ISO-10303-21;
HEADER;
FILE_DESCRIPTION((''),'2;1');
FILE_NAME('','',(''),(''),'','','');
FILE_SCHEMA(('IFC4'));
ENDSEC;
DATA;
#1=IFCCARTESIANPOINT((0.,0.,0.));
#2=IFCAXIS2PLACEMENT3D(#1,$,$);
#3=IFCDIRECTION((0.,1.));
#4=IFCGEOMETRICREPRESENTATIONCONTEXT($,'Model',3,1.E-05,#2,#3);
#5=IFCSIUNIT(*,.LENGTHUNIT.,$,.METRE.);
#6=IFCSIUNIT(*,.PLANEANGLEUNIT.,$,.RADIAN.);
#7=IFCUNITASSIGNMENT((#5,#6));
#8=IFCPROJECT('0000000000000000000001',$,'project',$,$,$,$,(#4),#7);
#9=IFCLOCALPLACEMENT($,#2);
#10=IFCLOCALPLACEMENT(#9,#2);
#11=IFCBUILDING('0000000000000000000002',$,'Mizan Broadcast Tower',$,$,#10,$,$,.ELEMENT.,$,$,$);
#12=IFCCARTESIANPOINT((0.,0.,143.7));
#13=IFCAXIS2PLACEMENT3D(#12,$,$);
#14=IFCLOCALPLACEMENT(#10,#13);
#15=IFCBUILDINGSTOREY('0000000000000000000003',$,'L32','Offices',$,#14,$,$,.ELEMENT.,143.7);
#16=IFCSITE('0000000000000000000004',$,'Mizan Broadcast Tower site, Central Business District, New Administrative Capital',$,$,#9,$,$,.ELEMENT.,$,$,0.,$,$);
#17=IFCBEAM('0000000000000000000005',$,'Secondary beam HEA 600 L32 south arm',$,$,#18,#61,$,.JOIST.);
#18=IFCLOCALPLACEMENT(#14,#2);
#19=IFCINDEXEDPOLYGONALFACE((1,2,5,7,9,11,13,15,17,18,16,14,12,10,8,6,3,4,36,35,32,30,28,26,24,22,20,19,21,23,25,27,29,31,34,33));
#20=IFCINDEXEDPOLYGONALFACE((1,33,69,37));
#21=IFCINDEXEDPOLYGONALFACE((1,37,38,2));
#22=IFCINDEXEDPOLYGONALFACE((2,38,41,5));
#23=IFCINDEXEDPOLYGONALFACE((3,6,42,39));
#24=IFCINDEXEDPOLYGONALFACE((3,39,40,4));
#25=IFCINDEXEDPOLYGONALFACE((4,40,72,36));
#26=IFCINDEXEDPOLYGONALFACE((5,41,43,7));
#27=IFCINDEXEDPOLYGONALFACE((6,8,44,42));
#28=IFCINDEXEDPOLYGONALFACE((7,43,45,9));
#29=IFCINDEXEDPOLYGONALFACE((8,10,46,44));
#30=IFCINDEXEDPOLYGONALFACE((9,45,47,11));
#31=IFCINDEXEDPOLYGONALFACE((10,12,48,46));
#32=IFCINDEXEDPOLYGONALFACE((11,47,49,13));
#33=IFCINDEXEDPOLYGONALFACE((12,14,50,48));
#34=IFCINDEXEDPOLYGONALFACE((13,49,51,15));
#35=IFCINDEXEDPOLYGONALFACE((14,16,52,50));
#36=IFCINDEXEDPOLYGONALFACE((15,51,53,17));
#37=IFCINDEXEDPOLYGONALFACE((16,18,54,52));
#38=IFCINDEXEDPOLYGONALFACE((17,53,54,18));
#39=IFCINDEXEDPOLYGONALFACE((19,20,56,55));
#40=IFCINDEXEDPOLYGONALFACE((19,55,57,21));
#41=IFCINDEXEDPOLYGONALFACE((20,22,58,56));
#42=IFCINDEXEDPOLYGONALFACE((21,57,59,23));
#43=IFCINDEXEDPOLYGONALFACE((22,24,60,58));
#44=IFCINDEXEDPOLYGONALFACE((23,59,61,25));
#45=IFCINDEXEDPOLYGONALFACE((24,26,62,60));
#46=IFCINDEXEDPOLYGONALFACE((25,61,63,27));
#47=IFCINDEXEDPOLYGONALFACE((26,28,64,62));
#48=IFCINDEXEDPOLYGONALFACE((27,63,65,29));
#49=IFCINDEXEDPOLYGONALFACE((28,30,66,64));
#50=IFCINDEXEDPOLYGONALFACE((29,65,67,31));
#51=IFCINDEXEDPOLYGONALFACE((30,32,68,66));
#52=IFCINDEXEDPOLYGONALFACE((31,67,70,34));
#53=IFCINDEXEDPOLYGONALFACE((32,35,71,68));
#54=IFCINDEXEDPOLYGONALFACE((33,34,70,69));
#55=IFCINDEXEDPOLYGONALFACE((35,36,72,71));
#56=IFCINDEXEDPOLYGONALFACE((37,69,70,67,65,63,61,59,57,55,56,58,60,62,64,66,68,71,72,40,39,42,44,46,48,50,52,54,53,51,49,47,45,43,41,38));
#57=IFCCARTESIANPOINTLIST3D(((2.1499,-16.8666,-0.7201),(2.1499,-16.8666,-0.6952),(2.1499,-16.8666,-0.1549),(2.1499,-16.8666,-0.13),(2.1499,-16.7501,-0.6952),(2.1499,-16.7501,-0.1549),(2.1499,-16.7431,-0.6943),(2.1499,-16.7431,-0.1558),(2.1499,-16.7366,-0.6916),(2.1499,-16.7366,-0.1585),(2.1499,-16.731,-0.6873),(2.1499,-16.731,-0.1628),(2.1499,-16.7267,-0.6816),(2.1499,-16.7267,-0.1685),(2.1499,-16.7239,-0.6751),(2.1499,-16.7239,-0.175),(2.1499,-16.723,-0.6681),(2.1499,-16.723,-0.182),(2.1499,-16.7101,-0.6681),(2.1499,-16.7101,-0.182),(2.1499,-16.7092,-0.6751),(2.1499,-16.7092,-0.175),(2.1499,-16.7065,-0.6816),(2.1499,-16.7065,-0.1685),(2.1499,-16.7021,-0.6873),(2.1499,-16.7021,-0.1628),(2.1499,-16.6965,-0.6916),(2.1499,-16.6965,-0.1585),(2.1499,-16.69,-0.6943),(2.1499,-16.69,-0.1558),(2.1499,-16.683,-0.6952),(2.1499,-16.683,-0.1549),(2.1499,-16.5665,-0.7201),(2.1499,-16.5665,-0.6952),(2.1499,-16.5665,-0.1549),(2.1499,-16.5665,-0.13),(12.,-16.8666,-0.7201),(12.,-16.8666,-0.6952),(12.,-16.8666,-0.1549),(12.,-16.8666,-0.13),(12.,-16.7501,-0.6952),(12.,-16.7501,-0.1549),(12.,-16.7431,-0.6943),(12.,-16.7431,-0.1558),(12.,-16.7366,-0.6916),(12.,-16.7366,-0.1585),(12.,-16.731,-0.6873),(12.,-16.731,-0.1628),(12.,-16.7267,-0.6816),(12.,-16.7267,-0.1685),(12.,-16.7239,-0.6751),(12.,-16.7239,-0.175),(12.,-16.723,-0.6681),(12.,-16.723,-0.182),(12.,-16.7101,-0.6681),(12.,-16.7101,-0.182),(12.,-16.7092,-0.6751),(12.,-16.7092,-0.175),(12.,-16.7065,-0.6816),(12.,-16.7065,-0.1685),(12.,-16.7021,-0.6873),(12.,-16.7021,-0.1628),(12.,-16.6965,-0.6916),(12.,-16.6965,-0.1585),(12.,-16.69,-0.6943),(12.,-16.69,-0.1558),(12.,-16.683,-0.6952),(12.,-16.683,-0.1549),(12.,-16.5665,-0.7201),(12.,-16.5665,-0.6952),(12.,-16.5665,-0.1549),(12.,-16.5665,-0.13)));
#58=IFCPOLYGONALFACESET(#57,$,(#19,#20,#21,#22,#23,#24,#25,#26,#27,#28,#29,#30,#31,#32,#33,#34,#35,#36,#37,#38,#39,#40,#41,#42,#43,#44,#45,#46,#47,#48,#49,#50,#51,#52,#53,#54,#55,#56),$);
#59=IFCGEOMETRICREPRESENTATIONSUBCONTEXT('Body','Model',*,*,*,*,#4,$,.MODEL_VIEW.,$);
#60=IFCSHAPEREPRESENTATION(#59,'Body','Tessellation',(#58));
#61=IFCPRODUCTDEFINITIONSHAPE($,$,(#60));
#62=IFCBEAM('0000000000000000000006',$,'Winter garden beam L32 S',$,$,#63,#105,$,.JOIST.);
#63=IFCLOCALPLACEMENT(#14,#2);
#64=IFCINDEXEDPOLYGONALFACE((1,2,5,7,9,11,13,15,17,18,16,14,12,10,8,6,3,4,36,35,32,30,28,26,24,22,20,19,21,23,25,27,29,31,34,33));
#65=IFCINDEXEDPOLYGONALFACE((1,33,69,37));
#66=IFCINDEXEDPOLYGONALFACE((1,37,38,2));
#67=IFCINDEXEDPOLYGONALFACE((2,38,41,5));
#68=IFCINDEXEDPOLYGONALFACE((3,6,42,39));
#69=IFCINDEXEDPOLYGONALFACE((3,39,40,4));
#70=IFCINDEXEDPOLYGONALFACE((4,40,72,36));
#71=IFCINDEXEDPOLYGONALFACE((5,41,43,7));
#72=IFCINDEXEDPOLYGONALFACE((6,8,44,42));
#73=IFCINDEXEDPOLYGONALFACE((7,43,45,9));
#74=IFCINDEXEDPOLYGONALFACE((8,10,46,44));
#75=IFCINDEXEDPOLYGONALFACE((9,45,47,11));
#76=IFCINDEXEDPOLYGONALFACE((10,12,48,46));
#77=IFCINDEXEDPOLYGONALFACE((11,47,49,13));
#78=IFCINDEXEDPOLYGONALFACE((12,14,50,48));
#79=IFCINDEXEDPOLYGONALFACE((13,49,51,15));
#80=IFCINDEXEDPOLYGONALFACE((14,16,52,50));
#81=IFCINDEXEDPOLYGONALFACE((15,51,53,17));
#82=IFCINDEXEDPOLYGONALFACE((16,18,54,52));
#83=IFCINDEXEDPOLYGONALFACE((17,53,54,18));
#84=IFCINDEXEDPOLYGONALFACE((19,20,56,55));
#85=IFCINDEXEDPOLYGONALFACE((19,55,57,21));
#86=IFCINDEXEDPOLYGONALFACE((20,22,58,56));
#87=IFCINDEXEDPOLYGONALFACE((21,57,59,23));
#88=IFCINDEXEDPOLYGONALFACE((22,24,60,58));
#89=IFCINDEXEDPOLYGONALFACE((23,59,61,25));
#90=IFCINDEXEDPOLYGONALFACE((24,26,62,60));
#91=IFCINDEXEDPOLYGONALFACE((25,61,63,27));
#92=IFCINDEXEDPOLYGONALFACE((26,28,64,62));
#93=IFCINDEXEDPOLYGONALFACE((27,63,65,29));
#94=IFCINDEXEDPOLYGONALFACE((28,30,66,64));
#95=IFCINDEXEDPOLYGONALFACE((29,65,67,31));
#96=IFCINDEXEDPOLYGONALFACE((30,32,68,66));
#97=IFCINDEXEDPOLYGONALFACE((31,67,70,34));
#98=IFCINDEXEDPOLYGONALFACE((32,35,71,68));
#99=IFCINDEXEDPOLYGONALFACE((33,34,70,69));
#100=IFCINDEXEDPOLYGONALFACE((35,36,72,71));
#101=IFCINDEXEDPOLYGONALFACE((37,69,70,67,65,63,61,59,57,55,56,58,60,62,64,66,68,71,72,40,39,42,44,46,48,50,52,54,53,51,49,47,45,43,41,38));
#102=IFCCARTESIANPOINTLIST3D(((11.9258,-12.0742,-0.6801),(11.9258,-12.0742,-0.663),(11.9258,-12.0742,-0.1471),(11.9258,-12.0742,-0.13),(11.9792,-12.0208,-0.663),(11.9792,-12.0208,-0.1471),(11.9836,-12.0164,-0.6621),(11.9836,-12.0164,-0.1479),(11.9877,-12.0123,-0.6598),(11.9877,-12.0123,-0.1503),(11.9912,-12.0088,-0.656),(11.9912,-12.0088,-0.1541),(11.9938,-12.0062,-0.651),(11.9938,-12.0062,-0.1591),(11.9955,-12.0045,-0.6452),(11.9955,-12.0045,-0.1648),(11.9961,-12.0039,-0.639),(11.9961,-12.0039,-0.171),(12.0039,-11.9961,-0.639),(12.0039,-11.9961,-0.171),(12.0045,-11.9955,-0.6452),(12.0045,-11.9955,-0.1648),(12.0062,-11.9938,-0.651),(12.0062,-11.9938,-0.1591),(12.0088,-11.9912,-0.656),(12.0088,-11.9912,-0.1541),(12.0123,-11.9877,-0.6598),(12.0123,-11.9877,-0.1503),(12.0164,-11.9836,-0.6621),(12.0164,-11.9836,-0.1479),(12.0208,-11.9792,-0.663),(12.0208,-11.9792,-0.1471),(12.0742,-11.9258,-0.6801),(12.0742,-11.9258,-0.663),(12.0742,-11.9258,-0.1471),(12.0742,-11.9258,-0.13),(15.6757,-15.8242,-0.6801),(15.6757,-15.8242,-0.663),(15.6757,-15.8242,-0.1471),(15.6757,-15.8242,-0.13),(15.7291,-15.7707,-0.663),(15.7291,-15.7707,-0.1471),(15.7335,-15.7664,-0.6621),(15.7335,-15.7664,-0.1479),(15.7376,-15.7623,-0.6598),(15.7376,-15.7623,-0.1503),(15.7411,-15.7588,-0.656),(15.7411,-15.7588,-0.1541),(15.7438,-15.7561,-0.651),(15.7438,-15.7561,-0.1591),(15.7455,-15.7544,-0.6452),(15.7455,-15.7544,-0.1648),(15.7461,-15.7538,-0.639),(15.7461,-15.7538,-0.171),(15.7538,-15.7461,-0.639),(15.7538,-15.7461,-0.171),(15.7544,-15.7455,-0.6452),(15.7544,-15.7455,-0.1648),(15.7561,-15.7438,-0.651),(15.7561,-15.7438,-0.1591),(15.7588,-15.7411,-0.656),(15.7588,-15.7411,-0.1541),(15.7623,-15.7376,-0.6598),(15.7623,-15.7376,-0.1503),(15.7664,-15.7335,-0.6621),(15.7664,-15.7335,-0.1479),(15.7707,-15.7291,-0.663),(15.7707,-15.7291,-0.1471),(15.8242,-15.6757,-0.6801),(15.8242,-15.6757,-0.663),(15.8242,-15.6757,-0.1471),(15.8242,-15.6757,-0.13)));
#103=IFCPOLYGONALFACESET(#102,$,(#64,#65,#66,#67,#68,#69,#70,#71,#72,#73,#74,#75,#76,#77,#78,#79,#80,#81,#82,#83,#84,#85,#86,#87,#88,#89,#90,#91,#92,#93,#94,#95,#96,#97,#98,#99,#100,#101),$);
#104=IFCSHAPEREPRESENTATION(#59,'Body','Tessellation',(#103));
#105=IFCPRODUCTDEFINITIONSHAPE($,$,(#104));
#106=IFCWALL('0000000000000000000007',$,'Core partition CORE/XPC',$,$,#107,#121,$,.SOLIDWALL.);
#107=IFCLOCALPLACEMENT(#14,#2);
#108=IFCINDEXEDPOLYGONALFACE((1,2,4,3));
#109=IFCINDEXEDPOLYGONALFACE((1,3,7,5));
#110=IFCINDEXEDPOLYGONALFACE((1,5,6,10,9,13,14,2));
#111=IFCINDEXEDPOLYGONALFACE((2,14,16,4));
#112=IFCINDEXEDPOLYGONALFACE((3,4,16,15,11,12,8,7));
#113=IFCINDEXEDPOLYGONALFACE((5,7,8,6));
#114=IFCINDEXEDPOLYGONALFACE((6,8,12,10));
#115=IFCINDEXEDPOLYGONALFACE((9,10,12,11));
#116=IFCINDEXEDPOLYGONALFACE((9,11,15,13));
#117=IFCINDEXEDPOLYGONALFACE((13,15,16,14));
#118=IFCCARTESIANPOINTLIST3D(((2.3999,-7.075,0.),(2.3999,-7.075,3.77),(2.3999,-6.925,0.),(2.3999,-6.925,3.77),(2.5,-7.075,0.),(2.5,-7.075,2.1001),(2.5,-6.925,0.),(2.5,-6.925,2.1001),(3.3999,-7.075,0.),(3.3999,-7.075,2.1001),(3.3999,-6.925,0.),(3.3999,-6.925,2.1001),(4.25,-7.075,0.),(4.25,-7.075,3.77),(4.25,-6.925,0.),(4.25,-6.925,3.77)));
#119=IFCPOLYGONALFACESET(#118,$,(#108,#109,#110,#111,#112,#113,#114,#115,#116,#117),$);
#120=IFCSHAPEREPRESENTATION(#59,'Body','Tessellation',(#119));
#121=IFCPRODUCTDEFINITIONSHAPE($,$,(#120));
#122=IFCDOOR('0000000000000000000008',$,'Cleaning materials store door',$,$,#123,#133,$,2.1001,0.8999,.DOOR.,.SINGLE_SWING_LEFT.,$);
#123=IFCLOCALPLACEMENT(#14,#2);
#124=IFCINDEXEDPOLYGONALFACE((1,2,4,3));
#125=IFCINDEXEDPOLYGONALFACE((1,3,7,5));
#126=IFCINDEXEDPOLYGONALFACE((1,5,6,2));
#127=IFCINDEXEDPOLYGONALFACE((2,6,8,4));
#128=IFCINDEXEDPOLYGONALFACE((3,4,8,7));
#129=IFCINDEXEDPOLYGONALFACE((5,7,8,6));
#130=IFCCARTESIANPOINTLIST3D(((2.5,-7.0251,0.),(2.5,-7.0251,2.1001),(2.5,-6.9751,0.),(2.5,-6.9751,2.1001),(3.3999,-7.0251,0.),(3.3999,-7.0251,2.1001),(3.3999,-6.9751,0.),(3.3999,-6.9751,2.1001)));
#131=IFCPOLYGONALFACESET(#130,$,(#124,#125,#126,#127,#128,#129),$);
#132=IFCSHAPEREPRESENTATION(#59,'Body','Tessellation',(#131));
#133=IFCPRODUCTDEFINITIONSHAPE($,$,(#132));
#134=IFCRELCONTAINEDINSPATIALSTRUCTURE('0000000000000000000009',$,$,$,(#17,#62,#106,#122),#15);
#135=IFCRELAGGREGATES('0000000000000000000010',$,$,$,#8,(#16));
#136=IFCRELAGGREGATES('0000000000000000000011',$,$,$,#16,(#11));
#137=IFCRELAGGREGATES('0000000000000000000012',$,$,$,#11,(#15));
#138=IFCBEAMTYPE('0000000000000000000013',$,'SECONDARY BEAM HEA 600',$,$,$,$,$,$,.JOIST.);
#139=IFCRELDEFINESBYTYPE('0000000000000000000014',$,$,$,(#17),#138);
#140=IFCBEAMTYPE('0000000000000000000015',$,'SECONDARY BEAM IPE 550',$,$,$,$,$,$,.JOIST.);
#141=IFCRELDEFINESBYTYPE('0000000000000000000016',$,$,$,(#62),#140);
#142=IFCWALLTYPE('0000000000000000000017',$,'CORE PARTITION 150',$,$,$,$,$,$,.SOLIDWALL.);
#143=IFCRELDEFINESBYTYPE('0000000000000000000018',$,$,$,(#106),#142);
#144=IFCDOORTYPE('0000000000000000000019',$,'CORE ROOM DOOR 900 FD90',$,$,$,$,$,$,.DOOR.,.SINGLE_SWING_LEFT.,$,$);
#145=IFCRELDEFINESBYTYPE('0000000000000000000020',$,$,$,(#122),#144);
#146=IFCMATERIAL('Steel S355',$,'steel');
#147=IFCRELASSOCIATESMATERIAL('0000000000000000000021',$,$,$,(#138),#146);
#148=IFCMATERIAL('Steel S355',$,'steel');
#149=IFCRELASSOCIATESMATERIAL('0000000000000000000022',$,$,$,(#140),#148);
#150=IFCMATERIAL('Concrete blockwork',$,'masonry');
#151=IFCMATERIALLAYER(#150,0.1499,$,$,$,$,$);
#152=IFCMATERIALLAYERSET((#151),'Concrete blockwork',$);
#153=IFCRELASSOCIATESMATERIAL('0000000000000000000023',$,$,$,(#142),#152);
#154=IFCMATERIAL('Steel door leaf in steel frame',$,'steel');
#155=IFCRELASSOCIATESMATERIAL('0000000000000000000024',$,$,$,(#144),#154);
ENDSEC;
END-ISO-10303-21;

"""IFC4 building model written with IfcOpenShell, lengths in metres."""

from ifc_helpers import new_model, si_unit, direction, frame, frame_2d, origin, origin_2d, place, context, subcontext, project, spatial, rectangle, i_section, extrude, material, layer, layer_set, material_profile, profile_set, type_object, element, fill, save


model = new_model("IFC4")

# Units and contexts
model_context = context("Model", 3, precision=1e-05, world=origin(), true_north=direction((0.0, 1.0)))
body_context = subcontext(model_context, "Body", "Model", "MODEL_VIEW")
ifc_project = project(units=[si_unit("LENGTHUNIT", "METRE"), si_unit("PLANEANGLEUNIT", "RADIAN")], contexts=[model_context])

# Site, building, storey
site_placement = place(None, origin())
site = spatial("IfcSite", under=ifc_project, at=site_placement, Name="Mizan Broadcast Tower site, Central Business District, New Administrative Capital", CompositionType="ELEMENT", RefElevation=0.0)
building_placement = place(site_placement, origin())
building = spatial("IfcBuilding", under=site, at=building_placement, Name="Mizan Broadcast Tower", CompositionType="ELEMENT")
storey_placement = place(building_placement, frame((0.0, 0.0, 143.7)))
storey = spatial("IfcBuildingStorey", under=building, at=storey_placement, Name="L32", Description="Offices", CompositionType="ELEMENT", Elevation=143.7)

# Beams
ifc_material_1 = material(Name="Steel S355", Category="steel")
ifc_material_profile_1 = material_profile(ifc_material_1, i_section(OverallWidth=0.3, OverallDepth=0.5901, WebThickness=0.0129, FlangeThickness=0.0249, FilletRadius=0.0271, at=origin_2d()), Name="HEA 600")
ifc_profile_set_1 = profile_set([ifc_material_profile_1], Name="Steel S355")
beam_type_1 = type_object("IfcBeamType", Name="SECONDARY BEAM HEA 600", PredefinedType="JOIST", material=ifc_profile_set_1)
for number, where, z_axis, x_axis, name in (
    (1, (12.0, -16.7166, -0.425), (-1.0, 0.0, 0.0), (0.0, -1.0, 0.0), "Secondary beam HEA 600 L32 south arm"),
):
    element("IfcBeam", number, at=place(storey_placement, frame(where, z_axis=z_axis, x_axis=x_axis)), inside=storey, type_object=beam_type_1, Name=name, PredefinedType="JOIST", context=body_context, shape_type="SweptSolid", body=[
        extrude(i_section(OverallWidth=0.3, OverallDepth=0.5901, WebThickness=0.0129, FlangeThickness=0.0249, FilletRadius=0.0271, at=origin_2d()), origin(), (0.0, 0.0, 1.0), 9.8501),
    ])
ifc_material_2 = material(Name="Steel S355", Category="steel")
ifc_material_profile_2 = material_profile(ifc_material_2, i_section(OverallWidth=0.21, OverallDepth=0.55, WebThickness=0.011, FlangeThickness=0.0171, FilletRadius=0.0239, at=origin_2d()), Name="IPE 550")
ifc_profile_set_2 = profile_set([ifc_material_profile_2], Name="Steel S355")
beam_type_2 = type_object("IfcBeamType", Name="SECONDARY BEAM IPE 550", PredefinedType="JOIST", material=ifc_profile_set_2)
beam_1_placement = place(storey_placement, frame((12.0, -12.0, -0.405), z_axis=(0.707107, -0.707107, 0.0), x_axis=(0.707107, 0.707107, 0.0)))
element("IfcBeam", 2, at=beam_1_placement, inside=storey, type_object=beam_type_2, Name="Winter garden beam L32 S", PredefinedType="JOIST", context=body_context, shape_type="SweptSolid", body=[
    extrude(i_section(OverallWidth=0.21, OverallDepth=0.55, WebThickness=0.011, FlangeThickness=0.0171, FilletRadius=0.0239, at=origin_2d()), origin(), (0.0, 0.0, 1.0), 5.3032),
])

# Wall, opening, door
ifc_material_3 = material(Name="Concrete blockwork", Category="masonry")
ifc_layer_1 = layer(ifc_material_3, 0.1499)
ifc_layer_set_1 = layer_set([ifc_layer_1], Name="Concrete blockwork")
wall_type_1 = type_object("IfcWallType", Name="CORE PARTITION 150", PredefinedType="SOLIDWALL", material=ifc_layer_set_1)
wall_1_placement = place(storey_placement, frame((2.3999, -7.0, 0.0), z_axis=(0.0, 0.0, 1.0), x_axis=(1.0, 0.0, 0.0)))
wall_1 = element("IfcWall", 3, at=wall_1_placement, inside=storey, type_object=wall_type_1, Name="Core partition CORE/XPC", PredefinedType="SOLIDWALL", context=body_context, shape_type="SweptSolid", body=[
    extrude(rectangle(XDim=1.8501, YDim=0.1499, at=frame_2d((0.925, 0.0))), origin(), (0.0, 0.0, 1.0), 3.77),
])
opening_1_placement = place(wall_1_placement, frame((0.1001, 0.0, 0.0)))
opening_1 = element("IfcOpeningElement", 4, at=opening_1_placement, cuts=wall_1, PredefinedType="OPENING", context=body_context, shape_type="SweptSolid", body=[
    extrude(rectangle(XDim=0.8999, YDim=2.1001, at=frame_2d((0.45, 1.05))), frame((0.0, 0.085, 0.0), z_axis=(0.0, -1.0, 0.0), x_axis=(1.0, 0.0, 0.0)), (0.0, 0.0, 1.0), 0.1699),
])
ifc_material_4 = material(Name="Steel door leaf in steel frame", Category="steel")
door_type_1 = type_object("IfcDoorType", Name="CORE ROOM DOOR 900 FD90", OperationType="SINGLE_SWING_LEFT", PredefinedType="DOOR", material=ifc_material_4)
door_1_placement = place(opening_1_placement, origin())
door_1 = element("IfcDoor", 5, at=door_1_placement, inside=storey, type_object=door_type_1, Name="Cleaning materials store door", OperationType="SINGLE_SWING_LEFT", OverallHeight=2.1001, OverallWidth=0.8999, PredefinedType="DOOR", context=body_context, shape_type="SweptSolid", body=[
    extrude(rectangle(XDim=0.8999, YDim=2.1001, at=frame_2d((0.45, 1.05))), frame((0.0, 0.0249, 0.0), z_axis=(0.0, -1.0, 0.0), x_axis=(1.0, 0.0, 0.0)), (0.0, 0.0, 1.0), 0.05),
])
fill(opening_1, door_1)

save(model, "model.ifc")
